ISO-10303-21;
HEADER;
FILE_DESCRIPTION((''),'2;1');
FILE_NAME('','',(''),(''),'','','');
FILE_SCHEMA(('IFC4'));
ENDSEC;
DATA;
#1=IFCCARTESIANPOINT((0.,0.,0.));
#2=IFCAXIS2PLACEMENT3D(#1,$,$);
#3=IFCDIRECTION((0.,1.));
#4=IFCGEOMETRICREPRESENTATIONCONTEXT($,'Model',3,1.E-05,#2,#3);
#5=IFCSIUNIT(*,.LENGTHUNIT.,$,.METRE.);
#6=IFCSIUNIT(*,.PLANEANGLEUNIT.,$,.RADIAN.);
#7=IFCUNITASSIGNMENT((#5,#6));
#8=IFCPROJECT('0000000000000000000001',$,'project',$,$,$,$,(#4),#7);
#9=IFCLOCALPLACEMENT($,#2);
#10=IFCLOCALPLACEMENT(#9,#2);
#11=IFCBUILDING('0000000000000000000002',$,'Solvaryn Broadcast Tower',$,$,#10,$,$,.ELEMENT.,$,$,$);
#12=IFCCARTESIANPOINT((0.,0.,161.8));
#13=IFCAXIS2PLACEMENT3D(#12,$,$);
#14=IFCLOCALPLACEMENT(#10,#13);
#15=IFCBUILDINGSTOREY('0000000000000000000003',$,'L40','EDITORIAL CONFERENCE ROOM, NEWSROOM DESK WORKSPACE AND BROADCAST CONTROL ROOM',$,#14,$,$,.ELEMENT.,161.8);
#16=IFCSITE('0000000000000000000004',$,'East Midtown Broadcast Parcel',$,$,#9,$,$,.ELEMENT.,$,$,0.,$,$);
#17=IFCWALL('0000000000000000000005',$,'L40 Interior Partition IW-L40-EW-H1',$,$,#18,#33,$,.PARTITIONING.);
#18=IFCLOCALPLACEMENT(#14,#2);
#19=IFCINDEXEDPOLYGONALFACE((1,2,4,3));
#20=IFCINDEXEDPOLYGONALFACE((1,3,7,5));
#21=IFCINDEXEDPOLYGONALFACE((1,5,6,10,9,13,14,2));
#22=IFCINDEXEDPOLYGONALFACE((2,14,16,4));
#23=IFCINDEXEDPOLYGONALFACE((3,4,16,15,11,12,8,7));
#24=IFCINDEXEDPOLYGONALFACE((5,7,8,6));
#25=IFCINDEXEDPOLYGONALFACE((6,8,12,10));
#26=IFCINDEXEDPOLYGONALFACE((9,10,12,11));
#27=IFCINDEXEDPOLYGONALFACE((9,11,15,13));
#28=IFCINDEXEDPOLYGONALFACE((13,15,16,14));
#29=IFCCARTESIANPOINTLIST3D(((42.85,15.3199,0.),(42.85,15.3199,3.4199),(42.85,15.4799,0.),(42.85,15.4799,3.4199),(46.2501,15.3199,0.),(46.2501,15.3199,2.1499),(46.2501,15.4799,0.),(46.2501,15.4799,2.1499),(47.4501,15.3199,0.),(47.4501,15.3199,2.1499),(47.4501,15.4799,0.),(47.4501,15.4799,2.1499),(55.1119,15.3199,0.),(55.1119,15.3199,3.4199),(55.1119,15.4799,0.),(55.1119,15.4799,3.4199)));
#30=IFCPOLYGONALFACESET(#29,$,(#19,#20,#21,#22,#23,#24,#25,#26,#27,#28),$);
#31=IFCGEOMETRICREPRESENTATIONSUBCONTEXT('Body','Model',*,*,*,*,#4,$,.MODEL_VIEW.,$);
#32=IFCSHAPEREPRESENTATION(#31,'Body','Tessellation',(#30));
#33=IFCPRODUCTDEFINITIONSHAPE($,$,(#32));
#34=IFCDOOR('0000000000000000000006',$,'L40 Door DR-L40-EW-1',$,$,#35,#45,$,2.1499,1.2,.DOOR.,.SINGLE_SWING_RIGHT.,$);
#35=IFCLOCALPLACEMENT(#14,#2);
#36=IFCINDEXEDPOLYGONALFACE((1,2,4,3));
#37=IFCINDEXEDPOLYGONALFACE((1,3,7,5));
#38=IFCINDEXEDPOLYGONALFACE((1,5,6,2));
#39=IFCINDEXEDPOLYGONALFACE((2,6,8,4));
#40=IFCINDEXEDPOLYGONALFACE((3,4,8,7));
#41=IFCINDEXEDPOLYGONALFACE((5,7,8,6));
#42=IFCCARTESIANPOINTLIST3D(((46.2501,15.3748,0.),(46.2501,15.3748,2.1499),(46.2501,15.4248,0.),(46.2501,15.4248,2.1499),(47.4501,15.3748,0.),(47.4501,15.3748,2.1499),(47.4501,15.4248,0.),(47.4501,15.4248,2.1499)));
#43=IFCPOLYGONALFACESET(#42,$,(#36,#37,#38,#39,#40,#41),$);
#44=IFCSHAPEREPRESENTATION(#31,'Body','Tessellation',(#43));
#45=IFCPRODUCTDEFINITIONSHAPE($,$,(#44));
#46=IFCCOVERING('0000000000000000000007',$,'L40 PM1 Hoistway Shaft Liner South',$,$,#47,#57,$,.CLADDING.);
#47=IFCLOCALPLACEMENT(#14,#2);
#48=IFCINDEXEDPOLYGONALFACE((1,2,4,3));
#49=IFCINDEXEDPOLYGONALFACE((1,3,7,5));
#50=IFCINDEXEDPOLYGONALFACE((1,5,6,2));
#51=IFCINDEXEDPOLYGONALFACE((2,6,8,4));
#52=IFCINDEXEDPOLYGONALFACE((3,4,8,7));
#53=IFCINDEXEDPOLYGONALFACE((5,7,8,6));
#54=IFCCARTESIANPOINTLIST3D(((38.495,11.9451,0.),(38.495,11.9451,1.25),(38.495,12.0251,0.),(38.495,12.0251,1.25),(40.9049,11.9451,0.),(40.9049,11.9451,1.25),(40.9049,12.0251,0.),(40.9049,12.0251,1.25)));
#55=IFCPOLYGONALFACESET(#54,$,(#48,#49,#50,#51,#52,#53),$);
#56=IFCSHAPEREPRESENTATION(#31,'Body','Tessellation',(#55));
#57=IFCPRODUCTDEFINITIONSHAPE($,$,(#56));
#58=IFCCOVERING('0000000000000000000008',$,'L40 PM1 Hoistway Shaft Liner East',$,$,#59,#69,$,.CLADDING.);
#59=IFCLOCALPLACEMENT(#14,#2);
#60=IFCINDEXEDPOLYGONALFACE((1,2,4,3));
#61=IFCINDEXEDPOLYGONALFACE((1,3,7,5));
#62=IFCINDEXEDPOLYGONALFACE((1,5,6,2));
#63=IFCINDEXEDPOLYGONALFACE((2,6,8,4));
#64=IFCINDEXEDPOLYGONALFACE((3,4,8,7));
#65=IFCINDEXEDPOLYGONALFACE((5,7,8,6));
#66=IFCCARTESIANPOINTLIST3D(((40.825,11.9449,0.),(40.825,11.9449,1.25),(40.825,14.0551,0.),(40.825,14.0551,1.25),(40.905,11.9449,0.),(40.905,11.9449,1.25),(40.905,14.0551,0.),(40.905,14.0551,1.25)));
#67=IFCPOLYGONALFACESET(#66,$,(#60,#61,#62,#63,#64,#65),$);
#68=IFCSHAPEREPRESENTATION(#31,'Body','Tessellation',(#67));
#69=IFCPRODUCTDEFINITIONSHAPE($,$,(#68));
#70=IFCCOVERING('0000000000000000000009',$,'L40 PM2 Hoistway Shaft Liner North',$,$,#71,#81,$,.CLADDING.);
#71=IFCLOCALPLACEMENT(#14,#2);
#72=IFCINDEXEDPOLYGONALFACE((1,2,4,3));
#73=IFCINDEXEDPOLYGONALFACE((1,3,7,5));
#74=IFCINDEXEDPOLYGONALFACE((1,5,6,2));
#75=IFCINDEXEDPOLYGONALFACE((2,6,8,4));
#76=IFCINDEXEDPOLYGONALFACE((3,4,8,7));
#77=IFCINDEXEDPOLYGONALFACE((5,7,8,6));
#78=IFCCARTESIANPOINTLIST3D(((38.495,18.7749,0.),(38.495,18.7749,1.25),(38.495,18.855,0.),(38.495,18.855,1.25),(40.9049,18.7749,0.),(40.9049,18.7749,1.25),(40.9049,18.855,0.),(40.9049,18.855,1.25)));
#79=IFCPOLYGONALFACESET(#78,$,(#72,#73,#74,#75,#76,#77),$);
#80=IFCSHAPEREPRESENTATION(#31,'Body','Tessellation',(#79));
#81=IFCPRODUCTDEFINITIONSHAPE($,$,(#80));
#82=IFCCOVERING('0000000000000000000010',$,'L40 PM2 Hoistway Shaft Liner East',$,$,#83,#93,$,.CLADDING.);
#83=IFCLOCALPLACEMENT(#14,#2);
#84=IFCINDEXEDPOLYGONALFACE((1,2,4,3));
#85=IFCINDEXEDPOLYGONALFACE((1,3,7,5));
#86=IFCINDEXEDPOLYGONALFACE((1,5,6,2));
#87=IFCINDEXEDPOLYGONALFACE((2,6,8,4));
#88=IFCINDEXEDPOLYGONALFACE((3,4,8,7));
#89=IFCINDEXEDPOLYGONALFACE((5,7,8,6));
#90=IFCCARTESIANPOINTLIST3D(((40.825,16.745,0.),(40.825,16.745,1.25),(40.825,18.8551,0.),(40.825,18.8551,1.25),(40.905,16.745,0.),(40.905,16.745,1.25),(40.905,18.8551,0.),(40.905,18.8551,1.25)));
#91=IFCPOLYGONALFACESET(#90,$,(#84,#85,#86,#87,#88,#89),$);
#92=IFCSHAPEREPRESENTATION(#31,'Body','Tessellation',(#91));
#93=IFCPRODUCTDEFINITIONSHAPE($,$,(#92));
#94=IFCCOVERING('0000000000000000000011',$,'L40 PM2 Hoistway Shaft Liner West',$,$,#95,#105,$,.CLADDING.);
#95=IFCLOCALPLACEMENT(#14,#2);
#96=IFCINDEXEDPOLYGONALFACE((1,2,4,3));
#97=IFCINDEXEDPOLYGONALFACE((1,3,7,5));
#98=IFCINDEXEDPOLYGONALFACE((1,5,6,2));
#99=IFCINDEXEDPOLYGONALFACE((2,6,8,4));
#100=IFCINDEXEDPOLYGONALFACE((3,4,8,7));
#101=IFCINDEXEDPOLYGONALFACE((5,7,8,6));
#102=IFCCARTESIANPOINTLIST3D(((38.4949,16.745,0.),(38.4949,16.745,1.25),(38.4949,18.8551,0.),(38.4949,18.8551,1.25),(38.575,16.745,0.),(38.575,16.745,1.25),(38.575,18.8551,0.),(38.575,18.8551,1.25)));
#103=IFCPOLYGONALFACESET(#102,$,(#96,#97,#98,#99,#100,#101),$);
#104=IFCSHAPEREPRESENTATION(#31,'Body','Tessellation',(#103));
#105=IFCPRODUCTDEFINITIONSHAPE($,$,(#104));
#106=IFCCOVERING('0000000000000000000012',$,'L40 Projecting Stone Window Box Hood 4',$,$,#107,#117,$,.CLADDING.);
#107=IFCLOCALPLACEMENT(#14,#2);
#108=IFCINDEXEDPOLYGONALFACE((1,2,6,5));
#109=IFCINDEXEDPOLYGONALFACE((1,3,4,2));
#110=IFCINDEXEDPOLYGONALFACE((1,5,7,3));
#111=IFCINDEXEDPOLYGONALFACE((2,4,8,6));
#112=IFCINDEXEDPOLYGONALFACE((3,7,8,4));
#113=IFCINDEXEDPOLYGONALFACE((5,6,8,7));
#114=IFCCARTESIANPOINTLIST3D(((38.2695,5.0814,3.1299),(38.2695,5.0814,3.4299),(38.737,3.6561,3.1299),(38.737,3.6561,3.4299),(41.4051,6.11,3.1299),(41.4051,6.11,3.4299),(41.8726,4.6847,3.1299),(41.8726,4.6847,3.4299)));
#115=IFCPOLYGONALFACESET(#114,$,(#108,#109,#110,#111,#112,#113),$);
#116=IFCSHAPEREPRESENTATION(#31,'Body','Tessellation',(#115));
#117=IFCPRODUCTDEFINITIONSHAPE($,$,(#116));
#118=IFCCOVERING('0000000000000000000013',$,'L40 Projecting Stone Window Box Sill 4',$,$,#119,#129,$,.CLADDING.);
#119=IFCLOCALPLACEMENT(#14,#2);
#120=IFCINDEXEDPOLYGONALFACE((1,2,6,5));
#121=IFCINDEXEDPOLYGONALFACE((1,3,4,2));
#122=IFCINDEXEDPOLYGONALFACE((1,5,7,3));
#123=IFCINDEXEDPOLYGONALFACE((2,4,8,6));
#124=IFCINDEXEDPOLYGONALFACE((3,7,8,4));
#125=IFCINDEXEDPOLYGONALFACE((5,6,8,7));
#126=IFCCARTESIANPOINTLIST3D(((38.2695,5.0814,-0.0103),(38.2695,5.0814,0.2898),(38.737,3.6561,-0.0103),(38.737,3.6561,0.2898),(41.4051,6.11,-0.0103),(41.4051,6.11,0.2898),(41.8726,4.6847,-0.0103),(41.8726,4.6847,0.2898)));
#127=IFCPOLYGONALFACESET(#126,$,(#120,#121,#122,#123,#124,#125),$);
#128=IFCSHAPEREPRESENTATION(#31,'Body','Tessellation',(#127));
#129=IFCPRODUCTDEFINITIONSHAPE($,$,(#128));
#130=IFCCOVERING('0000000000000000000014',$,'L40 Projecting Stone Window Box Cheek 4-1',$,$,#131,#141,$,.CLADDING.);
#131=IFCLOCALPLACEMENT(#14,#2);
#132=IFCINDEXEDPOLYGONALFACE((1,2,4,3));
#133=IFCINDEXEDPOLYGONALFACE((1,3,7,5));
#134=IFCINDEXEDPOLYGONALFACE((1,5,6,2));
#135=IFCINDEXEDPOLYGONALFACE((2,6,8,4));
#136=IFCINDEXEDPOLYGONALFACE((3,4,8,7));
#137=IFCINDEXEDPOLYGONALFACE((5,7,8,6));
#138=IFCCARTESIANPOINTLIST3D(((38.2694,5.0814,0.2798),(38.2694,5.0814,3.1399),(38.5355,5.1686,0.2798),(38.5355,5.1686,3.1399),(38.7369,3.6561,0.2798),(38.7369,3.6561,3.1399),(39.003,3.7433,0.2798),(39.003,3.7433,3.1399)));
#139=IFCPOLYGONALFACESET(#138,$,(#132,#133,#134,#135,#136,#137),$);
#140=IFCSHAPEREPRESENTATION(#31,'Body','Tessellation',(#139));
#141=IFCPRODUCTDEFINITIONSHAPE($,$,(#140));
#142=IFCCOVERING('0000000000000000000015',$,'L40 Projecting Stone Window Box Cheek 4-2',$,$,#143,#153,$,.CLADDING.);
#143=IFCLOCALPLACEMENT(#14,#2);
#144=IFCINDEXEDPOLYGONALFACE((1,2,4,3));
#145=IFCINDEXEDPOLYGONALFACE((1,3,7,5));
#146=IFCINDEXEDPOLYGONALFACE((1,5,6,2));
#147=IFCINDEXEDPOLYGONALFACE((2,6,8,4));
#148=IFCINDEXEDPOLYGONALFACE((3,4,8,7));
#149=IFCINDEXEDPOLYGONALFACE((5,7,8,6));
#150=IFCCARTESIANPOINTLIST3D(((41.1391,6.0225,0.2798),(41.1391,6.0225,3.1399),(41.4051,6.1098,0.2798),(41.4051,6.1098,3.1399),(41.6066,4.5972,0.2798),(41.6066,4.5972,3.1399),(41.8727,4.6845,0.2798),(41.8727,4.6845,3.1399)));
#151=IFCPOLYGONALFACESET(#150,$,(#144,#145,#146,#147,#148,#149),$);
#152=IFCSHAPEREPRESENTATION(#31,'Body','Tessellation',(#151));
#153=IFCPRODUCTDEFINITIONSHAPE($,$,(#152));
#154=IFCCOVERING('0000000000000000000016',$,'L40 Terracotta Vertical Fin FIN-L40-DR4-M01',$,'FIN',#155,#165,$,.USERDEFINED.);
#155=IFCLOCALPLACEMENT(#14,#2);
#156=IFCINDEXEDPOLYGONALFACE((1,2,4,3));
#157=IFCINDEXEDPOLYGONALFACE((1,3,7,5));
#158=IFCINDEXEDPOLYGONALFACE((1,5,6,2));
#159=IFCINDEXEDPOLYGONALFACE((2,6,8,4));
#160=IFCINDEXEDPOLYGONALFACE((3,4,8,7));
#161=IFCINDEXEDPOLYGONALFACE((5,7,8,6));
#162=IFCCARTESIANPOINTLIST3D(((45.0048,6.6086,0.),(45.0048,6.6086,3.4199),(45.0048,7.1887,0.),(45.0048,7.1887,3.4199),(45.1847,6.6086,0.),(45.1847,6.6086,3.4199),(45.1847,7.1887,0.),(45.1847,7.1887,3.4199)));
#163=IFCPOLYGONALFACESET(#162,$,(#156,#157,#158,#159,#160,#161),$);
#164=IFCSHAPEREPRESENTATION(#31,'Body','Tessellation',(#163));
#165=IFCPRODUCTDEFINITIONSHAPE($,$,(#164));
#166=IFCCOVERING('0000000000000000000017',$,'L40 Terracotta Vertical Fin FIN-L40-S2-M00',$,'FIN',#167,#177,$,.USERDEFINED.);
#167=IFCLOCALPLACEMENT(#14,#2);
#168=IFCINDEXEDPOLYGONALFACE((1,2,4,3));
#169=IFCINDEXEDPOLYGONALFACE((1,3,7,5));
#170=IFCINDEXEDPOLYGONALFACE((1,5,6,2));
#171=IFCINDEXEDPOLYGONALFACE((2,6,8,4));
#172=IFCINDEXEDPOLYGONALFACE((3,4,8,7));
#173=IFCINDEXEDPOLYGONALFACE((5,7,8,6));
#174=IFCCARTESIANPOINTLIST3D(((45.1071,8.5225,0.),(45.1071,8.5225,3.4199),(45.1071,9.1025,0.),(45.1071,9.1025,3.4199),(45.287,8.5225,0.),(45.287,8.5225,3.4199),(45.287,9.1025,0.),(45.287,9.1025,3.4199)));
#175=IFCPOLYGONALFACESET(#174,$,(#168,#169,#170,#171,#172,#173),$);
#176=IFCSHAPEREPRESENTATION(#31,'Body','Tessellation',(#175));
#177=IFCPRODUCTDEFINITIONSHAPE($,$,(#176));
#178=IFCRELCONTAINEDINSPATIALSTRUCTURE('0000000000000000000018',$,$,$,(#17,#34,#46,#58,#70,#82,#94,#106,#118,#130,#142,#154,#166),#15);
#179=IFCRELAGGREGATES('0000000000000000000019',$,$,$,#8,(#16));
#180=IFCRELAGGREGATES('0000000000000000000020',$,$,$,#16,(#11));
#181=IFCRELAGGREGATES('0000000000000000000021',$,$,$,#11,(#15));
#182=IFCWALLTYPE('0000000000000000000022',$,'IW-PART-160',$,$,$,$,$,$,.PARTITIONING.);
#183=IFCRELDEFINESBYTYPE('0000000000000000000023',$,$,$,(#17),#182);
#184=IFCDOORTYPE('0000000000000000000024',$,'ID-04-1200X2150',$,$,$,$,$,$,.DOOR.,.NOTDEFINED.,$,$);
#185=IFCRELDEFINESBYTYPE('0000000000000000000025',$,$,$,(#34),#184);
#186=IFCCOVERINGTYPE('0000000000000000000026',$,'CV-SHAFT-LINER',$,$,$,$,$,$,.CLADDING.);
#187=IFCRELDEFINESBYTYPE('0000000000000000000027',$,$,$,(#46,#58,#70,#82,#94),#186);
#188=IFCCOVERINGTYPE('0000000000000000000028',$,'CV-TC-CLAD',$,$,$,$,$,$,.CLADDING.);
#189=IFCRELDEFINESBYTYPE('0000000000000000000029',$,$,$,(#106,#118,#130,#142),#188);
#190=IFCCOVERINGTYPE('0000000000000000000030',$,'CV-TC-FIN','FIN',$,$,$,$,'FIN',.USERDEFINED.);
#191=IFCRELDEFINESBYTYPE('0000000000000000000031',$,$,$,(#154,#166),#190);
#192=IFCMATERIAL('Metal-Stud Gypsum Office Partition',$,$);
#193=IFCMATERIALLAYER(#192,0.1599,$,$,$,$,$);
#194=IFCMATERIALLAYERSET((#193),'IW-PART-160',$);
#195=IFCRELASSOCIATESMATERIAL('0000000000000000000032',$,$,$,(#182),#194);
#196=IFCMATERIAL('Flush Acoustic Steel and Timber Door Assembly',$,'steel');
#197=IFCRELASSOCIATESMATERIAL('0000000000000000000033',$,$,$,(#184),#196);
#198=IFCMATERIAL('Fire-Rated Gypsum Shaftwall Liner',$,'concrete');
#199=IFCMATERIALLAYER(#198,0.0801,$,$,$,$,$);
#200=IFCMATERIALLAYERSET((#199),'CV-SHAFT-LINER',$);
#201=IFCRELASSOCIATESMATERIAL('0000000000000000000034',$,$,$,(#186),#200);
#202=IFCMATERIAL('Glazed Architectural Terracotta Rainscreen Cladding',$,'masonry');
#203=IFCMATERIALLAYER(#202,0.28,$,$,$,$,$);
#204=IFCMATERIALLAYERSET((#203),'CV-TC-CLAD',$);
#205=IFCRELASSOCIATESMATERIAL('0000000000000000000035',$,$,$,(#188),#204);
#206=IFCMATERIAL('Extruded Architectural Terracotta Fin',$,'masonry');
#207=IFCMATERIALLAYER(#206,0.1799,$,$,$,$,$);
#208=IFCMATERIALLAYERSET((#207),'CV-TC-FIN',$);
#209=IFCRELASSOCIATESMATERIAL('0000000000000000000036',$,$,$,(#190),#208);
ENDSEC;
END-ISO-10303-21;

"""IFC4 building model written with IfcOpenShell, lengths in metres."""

from ifc_helpers import new_model, si_unit, direction, frame, frame_2d, origin, origin_2d, place, context, subcontext, project, spatial, rectangle, extrude, material, layer, layer_set, type_object, element, fill, save


model = new_model("IFC4")

# Units and contexts
model_context = context("Model", 3, precision=1e-05, world=origin(), true_north=direction((0.0, 1.0)))
body_context = subcontext(model_context, "Body", "Model", "MODEL_VIEW")
ifc_project = project(units=[si_unit("LENGTHUNIT", "METRE"), si_unit("PLANEANGLEUNIT", "RADIAN")], contexts=[model_context])

# Site, building, storey
site_placement = place(None, origin())
site = spatial("IfcSite", under=ifc_project, at=site_placement, Name="East Midtown Broadcast Parcel", CompositionType="ELEMENT", RefElevation=0.0)
building_placement = place(site_placement, origin())
building = spatial("IfcBuilding", under=site, at=building_placement, Name="Solvaryn Broadcast Tower", CompositionType="ELEMENT")
storey_placement = place(building_placement, frame((0.0, 0.0, 161.8)))
storey = spatial("IfcBuildingStorey", under=building, at=storey_placement, Name="L40", Description="EDITORIAL CONFERENCE ROOM, NEWSROOM DESK WORKSPACE AND BROADCAST CONTROL ROOM", CompositionType="ELEMENT", Elevation=161.8)

# Shared definitions
ifc_material_1 = material(Name="Metal-Stud Gypsum Office Partition")
ifc_layer_1 = layer(ifc_material_1, 0.1599)
ifc_layer_set_1 = layer_set([ifc_layer_1], Name="IW-PART-160")
wall_type_1 = type_object("IfcWallType", Name="IW-PART-160", PredefinedType="PARTITIONING", material=ifc_layer_set_1)

# Wall, opening, door
wall_1_placement = place(storey_placement, frame((42.8501, 15.3999, 0.0), z_axis=(0.0, 0.0, 1.0), x_axis=(1.0, 0.0, 0.0)))
wall_1 = element("IfcWall", 1, at=wall_1_placement, inside=storey, type_object=wall_type_1, Name="L40 Interior Partition IW-L40-EW-H1", PredefinedType="PARTITIONING", context=body_context, shape_type="SweptSolid", body=[
    extrude(rectangle(XDim=12.262, YDim=0.1599, at=frame_2d((6.1309, 0.0))), origin(), (0.0, 0.0, 1.0), 3.4199),
])
opening_1_placement = place(wall_1_placement, frame((3.3999, 0.0, 0.0)))
opening_1 = element("IfcOpeningElement", 2, at=opening_1_placement, cuts=wall_1, PredefinedType="OPENING", context=body_context, shape_type="SweptSolid", body=[
    extrude(rectangle(XDim=1.2, YDim=2.1499, at=frame_2d((0.6001, 1.075))), frame((0.0, 0.0901, 0.0), z_axis=(0.0, -1.0, 0.0), x_axis=(1.0, 0.0, 0.0)), (0.0, 0.0, 1.0), 0.1799),
])
ifc_material_2 = material(Name="Flush Acoustic Steel and Timber Door Assembly", Category="steel")
door_type_1 = type_object("IfcDoorType", Name="ID-04-1200X2150", OperationType="NOTDEFINED", PredefinedType="DOOR", material=ifc_material_2)
door_1_placement = place(opening_1_placement, origin())
door_1 = element("IfcDoor", 3, at=door_1_placement, inside=storey, type_object=door_type_1, Name="L40 Door DR-L40-EW-1", OperationType="SINGLE_SWING_RIGHT", OverallHeight=2.1499, OverallWidth=1.2, PredefinedType="DOOR", context=body_context, shape_type="SweptSolid", body=[
    extrude(rectangle(XDim=1.2, YDim=2.1499, at=frame_2d((0.6001, 1.075))), frame((0.0, 0.0249, 0.0), z_axis=(0.0, -1.0, 0.0), x_axis=(1.0, 0.0, 0.0)), (0.0, 0.0, 1.0), 0.05),
])
fill(opening_1, door_1)

# Coverings
ifc_material_3 = material(Name="Fire-Rated Gypsum Shaftwall Liner", Category="concrete")
ifc_layer_2 = layer(ifc_material_3, 0.0801)
ifc_layer_set_2 = layer_set([ifc_layer_2], Name="CV-SHAFT-LINER")
covering_type_1 = type_object("IfcCoveringType", Name="CV-SHAFT-LINER", PredefinedType="CLADDING", material=ifc_layer_set_2)
covering_1_placement = place(storey_placement, frame((39.7, 11.9851, 0.0), z_axis=(0.0, 0.0, 1.0), x_axis=(1.0, 0.0, 0.0)))
element("IfcCovering", 4, at=covering_1_placement, inside=storey, type_object=covering_type_1, Name="L40 PM1 Hoistway Shaft Liner South", PredefinedType="CLADDING", context=body_context, shape_type="SweptSolid", body=[
    extrude(rectangle(XDim=2.4099, YDim=0.0801, at=origin_2d()), origin(), (0.0, 0.0, 1.0), 1.25),
])
covering_2_placement = place(storey_placement, frame((40.865, 13.0, 0.0), z_axis=(0.0, 0.0, 1.0), x_axis=(1.0, 0.0, 0.0)))
element("IfcCovering", 5, at=covering_2_placement, inside=storey, type_object=covering_type_1, Name="L40 PM1 Hoistway Shaft Liner East", PredefinedType="CLADDING", context=body_context, shape_type="SweptSolid", body=[
    extrude(rectangle(XDim=0.0801, YDim=2.1101, at=origin_2d()), origin(), (0.0, 0.0, 1.0), 1.25),
])
covering_3_placement = place(storey_placement, frame((39.7, 18.8149, 0.0), z_axis=(0.0, 0.0, 1.0), x_axis=(1.0, 0.0, 0.0)))
element("IfcCovering", 6, at=covering_3_placement, inside=storey, type_object=covering_type_1, Name="L40 PM2 Hoistway Shaft Liner North", PredefinedType="CLADDING", context=body_context, shape_type="SweptSolid", body=[
    extrude(rectangle(XDim=2.4099, YDim=0.0801, at=origin_2d()), origin(), (0.0, 0.0, 1.0), 1.25),
])
for number, where, z_axis, x_axis, name in (
    (7, (40.865, 17.8, 0.0), (0.0, 0.0, 1.0), (1.0, 0.0, 0.0), "L40 PM2 Hoistway Shaft Liner East"),
    (8, (38.5349, 17.8, 0.0), (0.0, 0.0, 1.0), (1.0, 0.0, 0.0), "L40 PM2 Hoistway Shaft Liner West"),
):
    element("IfcCovering", number, at=place(storey_placement, frame(where, z_axis=z_axis, x_axis=x_axis)), inside=storey, type_object=covering_type_1, Name=name, PredefinedType="CLADDING", context=body_context, shape_type="SweptSolid", body=[
        extrude(rectangle(XDim=0.0801, YDim=2.1101, at=origin_2d()), origin(), (0.0, 0.0, 1.0), 1.25),
    ])
ifc_material_4 = material(Name="Glazed Architectural Terracotta Rainscreen Cladding", Category="masonry")
ifc_layer_3 = layer(ifc_material_4, 0.28)
ifc_layer_set_3 = layer_set([ifc_layer_3], Name="CV-TC-CLAD")
covering_type_2 = type_object("IfcCoveringType", Name="CV-TC-CLAD", PredefinedType="CLADDING", material=ifc_layer_set_3)
for number, where, z_axis, x_axis, name in (
    (9, (40.071, 4.8831, 3.1299), (0.0, 0.0, 1.0), (0.95019, 0.311672, 0.0), "L40 Projecting Stone Window Box Hood 4"),
    (10, (40.071, 4.8831, -0.0103), (0.0, 0.0, 1.0), (0.95019, 0.311672, 0.0), "L40 Projecting Stone Window Box Sill 4"),
):
    element("IfcCovering", number, at=place(storey_placement, frame(where, z_axis=z_axis, x_axis=x_axis)), inside=storey, type_object=covering_type_2, Name=name, PredefinedType="CLADDING", context=body_context, shape_type="SweptSolid", body=[
        extrude(rectangle(XDim=3.3, YDim=1.5, at=origin_2d()), origin(), (0.0, 0.0, 1.0), 0.3),
    ])
for number, where, z_axis, x_axis, name in (
    (11, (38.6362, 4.4124, 0.2798), (0.0, 0.0, 1.0), (0.95019, 0.311672, 0.0), "L40 Projecting Stone Window Box Cheek 4-1"),
    (12, (41.5059, 5.3535, 0.2798), (0.0, 0.0, 1.0), (0.95019, 0.311672, 0.0), "L40 Projecting Stone Window Box Cheek 4-2"),
):
    element("IfcCovering", number, at=place(storey_placement, frame(where, z_axis=z_axis, x_axis=x_axis)), inside=storey, type_object=covering_type_2, Name=name, PredefinedType="CLADDING", context=body_context, shape_type="SweptSolid", body=[
        extrude(rectangle(XDim=0.28, YDim=1.5, at=origin_2d()), origin(), (0.0, 0.0, 1.0), 2.8601),
    ])
ifc_material_5 = material(Name="Extruded Architectural Terracotta Fin", Category="masonry")
ifc_layer_4 = layer(ifc_material_5, 0.1799)
ifc_layer_set_4 = layer_set([ifc_layer_4], Name="CV-TC-FIN")
covering_type_3 = type_object("IfcCoveringType", Name="CV-TC-FIN", Description="FIN", ElementType="FIN", PredefinedType="USERDEFINED", material=ifc_layer_set_4)
for number, where, z_axis, x_axis, name in (
    (13, (45.0947, 6.8987, 0.0), (0.0, 0.0, 1.0), (1.0, 0.0, 0.0), "L40 Terracotta Vertical Fin FIN-L40-DR4-M01"),
    (14, (45.197, 8.8125, 0.0), (0.0, 0.0, 1.0), (1.0, 0.0, 0.0), "L40 Terracotta Vertical Fin FIN-L40-S2-M00"),
):
    element("IfcCovering", number, at=place(storey_placement, frame(where, z_axis=z_axis, x_axis=x_axis)), inside=storey, type_object=covering_type_3, Name=name, ObjectType="FIN", PredefinedType="USERDEFINED", context=body_context, shape_type="SweptSolid", body=[
        extrude(rectangle(XDim=0.1799, YDim=0.5801, at=origin_2d()), origin(), (0.0, 0.0, 1.0), 3.4199),
    ])

save(model, "model.ifc")
